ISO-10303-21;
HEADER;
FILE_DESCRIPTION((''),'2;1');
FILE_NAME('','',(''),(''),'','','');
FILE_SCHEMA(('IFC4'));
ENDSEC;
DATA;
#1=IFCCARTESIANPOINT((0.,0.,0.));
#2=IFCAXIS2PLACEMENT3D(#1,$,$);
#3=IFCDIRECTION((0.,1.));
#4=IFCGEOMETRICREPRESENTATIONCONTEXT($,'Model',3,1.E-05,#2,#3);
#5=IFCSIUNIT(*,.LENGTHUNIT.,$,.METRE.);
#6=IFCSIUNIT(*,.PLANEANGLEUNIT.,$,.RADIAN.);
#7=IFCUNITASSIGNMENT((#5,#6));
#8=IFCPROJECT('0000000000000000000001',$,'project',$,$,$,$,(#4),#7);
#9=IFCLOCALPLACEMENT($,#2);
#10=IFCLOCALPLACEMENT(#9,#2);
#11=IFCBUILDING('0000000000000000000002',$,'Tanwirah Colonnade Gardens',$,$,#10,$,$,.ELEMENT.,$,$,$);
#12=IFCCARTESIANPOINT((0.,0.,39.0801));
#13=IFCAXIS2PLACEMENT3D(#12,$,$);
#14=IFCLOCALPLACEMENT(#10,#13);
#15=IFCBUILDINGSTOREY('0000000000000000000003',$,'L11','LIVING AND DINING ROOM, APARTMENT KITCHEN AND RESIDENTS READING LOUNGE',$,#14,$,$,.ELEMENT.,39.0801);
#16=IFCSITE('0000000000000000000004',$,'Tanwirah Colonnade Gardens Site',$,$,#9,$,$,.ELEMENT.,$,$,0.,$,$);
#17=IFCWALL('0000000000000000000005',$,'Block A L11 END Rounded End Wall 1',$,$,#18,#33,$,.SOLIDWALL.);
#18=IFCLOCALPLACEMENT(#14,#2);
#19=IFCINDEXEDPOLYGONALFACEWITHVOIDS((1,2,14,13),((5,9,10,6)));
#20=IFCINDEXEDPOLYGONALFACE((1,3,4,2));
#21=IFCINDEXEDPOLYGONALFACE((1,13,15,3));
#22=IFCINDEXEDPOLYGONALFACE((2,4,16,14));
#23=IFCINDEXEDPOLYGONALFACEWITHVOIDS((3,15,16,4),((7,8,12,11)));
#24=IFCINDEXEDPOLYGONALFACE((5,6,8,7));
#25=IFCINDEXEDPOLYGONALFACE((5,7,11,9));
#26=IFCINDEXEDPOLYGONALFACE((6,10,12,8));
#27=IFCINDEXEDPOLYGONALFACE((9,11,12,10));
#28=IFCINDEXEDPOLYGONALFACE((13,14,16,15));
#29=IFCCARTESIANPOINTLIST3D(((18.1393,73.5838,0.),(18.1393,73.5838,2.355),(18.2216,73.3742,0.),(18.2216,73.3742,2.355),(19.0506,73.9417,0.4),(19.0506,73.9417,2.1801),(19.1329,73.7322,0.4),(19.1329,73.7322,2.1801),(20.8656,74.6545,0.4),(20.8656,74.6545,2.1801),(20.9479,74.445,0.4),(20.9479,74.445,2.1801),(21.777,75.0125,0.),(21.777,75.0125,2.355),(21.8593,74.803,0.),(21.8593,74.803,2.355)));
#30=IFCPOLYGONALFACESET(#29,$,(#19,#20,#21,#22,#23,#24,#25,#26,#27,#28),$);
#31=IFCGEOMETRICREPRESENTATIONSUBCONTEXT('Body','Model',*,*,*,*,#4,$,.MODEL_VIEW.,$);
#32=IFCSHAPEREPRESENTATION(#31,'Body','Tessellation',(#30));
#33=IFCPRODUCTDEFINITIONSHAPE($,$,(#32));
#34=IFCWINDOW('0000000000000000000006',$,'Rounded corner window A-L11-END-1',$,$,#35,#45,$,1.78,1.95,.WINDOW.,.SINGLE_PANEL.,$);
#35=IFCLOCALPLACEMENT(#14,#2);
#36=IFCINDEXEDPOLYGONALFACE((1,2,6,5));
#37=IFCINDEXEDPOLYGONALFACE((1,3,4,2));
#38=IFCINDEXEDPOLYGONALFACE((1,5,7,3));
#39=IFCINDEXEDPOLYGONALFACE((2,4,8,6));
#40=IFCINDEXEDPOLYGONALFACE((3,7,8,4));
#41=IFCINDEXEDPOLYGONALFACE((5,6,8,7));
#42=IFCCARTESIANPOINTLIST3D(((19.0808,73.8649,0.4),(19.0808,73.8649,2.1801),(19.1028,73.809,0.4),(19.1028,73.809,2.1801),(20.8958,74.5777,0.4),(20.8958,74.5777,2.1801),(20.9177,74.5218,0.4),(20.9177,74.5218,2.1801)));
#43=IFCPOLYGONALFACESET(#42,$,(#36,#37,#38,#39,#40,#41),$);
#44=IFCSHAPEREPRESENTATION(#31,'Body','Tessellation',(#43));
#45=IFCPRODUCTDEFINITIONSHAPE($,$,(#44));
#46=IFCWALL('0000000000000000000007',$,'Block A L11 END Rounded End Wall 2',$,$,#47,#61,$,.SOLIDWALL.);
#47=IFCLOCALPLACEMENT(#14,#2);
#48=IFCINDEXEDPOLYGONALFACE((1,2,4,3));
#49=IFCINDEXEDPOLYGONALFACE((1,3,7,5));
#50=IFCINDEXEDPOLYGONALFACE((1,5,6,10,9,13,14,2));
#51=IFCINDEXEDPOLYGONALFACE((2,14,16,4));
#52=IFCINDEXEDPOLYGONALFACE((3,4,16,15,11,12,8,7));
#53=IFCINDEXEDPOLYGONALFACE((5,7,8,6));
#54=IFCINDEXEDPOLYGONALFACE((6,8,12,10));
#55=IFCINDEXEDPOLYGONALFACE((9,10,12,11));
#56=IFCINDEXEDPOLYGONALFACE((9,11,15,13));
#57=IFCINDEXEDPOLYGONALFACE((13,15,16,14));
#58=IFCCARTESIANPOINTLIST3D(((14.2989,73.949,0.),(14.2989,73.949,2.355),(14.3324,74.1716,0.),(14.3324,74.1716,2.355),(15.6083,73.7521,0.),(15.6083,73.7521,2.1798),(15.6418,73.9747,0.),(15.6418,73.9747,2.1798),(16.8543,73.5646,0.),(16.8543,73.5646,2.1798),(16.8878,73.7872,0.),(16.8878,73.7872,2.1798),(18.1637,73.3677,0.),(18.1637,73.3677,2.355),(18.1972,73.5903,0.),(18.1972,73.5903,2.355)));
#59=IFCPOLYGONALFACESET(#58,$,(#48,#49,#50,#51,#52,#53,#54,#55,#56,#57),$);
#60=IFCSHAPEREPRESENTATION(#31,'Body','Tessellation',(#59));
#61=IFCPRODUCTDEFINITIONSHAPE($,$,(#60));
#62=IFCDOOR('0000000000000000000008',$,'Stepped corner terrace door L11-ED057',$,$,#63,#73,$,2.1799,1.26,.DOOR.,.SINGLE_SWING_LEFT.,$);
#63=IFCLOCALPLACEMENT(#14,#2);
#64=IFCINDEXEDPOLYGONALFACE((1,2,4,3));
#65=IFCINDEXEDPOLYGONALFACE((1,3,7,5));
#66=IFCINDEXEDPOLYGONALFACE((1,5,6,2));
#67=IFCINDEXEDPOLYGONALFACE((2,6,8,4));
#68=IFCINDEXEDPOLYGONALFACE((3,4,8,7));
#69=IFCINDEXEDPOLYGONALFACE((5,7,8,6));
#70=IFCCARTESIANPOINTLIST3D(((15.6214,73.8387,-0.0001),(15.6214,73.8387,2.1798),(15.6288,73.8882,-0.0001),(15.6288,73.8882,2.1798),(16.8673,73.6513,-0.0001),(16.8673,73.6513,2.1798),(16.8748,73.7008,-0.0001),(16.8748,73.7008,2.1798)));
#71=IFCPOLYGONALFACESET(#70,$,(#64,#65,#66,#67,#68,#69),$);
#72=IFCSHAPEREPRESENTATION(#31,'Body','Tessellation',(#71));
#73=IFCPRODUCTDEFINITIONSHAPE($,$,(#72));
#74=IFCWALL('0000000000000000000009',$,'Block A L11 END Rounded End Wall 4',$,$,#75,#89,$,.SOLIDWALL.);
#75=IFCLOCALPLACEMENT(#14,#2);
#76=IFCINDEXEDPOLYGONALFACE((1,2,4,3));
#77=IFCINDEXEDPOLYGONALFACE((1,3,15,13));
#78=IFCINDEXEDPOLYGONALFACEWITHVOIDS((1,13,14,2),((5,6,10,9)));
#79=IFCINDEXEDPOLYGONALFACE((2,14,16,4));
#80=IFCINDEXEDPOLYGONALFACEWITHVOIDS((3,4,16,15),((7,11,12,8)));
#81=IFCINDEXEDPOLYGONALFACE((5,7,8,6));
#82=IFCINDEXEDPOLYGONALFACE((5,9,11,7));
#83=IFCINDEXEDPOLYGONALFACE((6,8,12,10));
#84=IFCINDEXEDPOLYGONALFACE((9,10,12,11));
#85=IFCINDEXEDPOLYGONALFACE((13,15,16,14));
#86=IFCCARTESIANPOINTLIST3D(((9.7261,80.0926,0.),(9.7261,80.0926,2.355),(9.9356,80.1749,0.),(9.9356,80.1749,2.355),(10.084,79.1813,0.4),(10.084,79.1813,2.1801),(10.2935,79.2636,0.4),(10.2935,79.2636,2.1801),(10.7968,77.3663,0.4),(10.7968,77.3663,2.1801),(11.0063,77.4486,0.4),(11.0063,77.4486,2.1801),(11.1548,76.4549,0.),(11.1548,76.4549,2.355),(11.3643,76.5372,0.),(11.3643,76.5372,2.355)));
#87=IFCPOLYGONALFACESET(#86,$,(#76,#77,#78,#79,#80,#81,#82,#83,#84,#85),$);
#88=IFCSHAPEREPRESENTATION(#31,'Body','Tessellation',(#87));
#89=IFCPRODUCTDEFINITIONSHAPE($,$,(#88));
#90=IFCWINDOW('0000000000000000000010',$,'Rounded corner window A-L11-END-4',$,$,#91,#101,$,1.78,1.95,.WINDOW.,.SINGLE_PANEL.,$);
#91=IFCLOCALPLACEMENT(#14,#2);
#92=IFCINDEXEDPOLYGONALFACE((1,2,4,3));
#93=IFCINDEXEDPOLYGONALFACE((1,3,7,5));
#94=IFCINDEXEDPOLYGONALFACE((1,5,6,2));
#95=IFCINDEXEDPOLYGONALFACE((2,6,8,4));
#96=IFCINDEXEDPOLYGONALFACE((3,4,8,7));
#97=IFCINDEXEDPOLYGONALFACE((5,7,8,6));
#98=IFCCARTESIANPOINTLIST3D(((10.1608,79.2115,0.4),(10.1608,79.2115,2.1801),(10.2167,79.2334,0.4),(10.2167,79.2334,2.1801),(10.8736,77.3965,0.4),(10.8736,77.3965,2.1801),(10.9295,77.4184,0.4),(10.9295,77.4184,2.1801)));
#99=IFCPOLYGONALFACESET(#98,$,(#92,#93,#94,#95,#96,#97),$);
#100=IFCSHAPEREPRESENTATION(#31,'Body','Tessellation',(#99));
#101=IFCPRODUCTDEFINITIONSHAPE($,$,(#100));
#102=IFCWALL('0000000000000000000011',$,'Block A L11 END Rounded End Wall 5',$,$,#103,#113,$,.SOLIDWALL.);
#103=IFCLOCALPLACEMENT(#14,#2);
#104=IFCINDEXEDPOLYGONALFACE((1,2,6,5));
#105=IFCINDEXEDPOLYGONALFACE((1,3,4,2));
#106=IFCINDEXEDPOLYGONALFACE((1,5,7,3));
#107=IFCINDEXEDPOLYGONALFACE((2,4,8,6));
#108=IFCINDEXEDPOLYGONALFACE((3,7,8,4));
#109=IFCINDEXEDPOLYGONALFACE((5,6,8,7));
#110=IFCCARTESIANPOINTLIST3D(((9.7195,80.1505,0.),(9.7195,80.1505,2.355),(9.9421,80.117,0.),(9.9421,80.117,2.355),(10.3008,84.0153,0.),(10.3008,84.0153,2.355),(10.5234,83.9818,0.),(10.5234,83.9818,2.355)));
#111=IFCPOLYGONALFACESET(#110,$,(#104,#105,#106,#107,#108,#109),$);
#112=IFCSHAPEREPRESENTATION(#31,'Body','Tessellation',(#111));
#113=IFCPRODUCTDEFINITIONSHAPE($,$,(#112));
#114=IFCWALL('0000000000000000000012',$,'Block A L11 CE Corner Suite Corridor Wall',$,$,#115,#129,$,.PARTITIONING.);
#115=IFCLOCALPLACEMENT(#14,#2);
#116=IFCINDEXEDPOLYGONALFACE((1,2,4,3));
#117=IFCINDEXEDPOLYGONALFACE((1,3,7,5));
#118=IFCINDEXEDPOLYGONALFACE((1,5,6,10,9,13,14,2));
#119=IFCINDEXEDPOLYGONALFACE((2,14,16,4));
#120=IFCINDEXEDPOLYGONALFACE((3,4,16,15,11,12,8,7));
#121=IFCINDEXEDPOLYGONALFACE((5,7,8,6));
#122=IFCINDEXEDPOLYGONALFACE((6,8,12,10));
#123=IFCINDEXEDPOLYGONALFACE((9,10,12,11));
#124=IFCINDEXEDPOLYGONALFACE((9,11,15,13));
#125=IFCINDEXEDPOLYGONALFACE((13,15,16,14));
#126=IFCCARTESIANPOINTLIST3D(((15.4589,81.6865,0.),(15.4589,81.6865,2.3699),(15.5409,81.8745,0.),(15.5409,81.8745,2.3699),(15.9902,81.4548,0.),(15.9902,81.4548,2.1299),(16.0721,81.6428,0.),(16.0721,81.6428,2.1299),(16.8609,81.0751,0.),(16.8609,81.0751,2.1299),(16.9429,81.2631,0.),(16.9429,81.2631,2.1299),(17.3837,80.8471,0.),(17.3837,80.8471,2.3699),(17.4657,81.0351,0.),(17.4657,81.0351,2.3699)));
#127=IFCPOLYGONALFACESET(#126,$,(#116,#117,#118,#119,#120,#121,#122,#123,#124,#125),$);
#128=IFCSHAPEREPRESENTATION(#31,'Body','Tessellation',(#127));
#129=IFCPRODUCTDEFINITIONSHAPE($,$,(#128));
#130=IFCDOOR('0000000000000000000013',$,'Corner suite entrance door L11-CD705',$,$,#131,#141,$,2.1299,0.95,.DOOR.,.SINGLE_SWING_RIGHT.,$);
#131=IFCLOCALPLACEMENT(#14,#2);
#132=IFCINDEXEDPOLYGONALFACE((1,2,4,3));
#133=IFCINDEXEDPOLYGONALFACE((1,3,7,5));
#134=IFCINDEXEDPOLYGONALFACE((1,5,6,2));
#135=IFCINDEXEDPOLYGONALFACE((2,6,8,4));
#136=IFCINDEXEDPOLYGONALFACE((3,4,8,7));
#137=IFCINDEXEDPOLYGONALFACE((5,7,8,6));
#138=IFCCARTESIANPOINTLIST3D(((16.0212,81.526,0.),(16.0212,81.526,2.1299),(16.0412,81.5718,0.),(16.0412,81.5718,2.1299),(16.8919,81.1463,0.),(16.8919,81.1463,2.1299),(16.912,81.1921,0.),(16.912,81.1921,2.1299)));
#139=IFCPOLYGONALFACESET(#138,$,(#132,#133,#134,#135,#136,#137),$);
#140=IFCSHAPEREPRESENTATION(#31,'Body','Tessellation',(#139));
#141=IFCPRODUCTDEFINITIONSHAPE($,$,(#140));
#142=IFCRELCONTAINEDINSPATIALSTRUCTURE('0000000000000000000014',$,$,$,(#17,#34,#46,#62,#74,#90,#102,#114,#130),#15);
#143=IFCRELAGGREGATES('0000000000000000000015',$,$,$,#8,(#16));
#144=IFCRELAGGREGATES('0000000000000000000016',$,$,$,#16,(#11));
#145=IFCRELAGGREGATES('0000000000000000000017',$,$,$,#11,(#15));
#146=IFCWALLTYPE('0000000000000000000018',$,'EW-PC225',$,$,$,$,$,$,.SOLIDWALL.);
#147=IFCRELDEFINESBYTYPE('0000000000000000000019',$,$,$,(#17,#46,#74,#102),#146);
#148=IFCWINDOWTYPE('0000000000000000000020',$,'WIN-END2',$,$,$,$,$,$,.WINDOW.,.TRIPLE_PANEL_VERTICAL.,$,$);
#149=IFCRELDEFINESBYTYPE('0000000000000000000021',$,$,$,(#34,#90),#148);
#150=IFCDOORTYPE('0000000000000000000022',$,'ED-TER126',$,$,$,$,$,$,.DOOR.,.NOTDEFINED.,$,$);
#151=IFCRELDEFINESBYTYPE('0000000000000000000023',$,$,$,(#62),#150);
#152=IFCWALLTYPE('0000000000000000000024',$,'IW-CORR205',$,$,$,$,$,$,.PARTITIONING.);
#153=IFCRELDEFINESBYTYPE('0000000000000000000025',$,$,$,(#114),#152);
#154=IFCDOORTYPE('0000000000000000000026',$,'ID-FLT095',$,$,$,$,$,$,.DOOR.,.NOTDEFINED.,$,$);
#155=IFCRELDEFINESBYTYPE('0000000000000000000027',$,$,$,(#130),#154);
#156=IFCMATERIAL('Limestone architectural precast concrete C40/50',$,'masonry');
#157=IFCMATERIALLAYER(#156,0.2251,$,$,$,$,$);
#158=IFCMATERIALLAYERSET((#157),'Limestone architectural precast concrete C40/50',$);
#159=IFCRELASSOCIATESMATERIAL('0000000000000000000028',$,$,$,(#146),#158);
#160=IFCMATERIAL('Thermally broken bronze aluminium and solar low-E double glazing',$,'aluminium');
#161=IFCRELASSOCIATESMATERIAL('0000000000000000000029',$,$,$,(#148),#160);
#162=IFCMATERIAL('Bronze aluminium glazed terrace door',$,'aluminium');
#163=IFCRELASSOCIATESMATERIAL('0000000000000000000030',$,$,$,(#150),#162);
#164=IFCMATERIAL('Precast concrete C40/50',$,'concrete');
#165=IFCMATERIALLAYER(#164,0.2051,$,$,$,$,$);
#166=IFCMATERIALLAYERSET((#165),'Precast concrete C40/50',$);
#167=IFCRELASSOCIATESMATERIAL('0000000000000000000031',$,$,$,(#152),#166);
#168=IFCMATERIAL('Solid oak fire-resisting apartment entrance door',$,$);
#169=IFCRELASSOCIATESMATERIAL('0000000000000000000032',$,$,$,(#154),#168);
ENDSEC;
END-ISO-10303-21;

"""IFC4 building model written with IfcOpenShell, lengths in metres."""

from ifc_helpers import new_model, si_unit, direction, frame, frame_2d, origin, place, context, subcontext, project, spatial, rectangle, extrude, material, layer, layer_set, type_object, element, fill, save


model = new_model("IFC4")

# Units and contexts
model_context = context("Model", 3, precision=1e-05, world=origin(), true_north=direction((0.0, 1.0)))
body_context = subcontext(model_context, "Body", "Model", "MODEL_VIEW")
ifc_project = project(units=[si_unit("LENGTHUNIT", "METRE"), si_unit("PLANEANGLEUNIT", "RADIAN")], contexts=[model_context])

# Site, building, storey
site_placement = place(None, origin())
site = spatial("IfcSite", under=ifc_project, at=site_placement, Name="Tanwirah Colonnade Gardens Site", CompositionType="ELEMENT", RefElevation=0.0)
building_placement = place(site_placement, origin())
building = spatial("IfcBuilding", under=site, at=building_placement, Name="Tanwirah Colonnade Gardens", CompositionType="ELEMENT")
storey_placement = place(building_placement, frame((0.0, 0.0, 39.0801)))
storey = spatial("IfcBuildingStorey", under=building, at=storey_placement, Name="L11", Description="LIVING AND DINING ROOM, APARTMENT KITCHEN AND RESIDENTS READING LOUNGE", CompositionType="ELEMENT", Elevation=39.0801)

# Shared definitions
ifc_material_1 = material(Name="Precast concrete C40/50", Category="concrete")

# Wall, opening, window
ifc_material_2 = material(Name="Limestone architectural precast concrete C40/50", Category="masonry")
ifc_layer_1 = layer(ifc_material_2, 0.2251)
ifc_layer_set_1 = layer_set([ifc_layer_1], Name="Limestone architectural precast concrete C40/50")
wall_type_1 = type_object("IfcWallType", Name="EW-PC225", PredefinedType="SOLIDWALL", material=ifc_layer_set_1)
ifc_material_3 = material(Name="Thermally broken bronze aluminium and solar low-E double glazing", Category="aluminium")
wall_1_placement = place(storey_placement, frame((21.8181, 74.9077, 0.0), z_axis=(0.0, 0.0, 1.0), x_axis=(-0.930785, -0.365567, 0.0)))
wall_1 = element("IfcWall", 1, at=wall_1_placement, inside=storey, type_object=wall_type_1, Name="Block A L11 END Rounded End Wall 1", PredefinedType="SOLIDWALL", context=body_context, shape_type="SweptSolid", body=[
    extrude(rectangle(XDim=3.9082, YDim=0.2251, at=frame_2d((1.9541, 0.0))), origin(), (0.0, 0.0, 1.0), 2.355),
])
opening_1_placement = place(wall_1_placement, frame((0.979, 0.0, 0.3999)))
opening_1 = element("IfcOpeningElement", 2, at=opening_1_placement, cuts=wall_1, PredefinedType="OPENING", context=body_context, shape_type="SweptSolid", body=[
    extrude(rectangle(XDim=1.95, YDim=1.78, at=frame_2d((0.9751, 0.8901))), frame((0.0, 0.1226, 0.0), z_axis=(0.0, -1.0, 0.0), x_axis=(1.0, 0.0, 0.0)), (0.0, 0.0, 1.0), 0.2451),
])
window_type_1 = type_object("IfcWindowType", Name="WIN-END2", PartitioningType="TRIPLE_PANEL_VERTICAL", PredefinedType="WINDOW", material=ifc_material_3)
window_1_placement = place(opening_1_placement, origin())
window_1 = element("IfcWindow", 3, at=window_1_placement, inside=storey, type_object=window_type_1, Name="Rounded corner window A-L11-END-1", OverallHeight=1.78, OverallWidth=1.95, PartitioningType="SINGLE_PANEL", PredefinedType="WINDOW", context=body_context, shape_type="SweptSolid", body=[
    extrude(rectangle(XDim=1.95, YDim=1.78, at=frame_2d((0.9751, 0.8901))), frame((0.0, 0.03, 0.0), z_axis=(0.0, -1.0, 0.0), x_axis=(1.0, 0.0, 0.0)), (0.0, 0.0, 1.0), 0.0601),
])
fill(opening_1, window_1)

# Wall, opening, door
wall_2_placement = place(storey_placement, frame((18.1804, 73.479, 0.0), z_axis=(0.0, 0.0, 1.0), x_axis=(-0.988877, 0.148738, 0.0)))
wall_2 = element("IfcWall", 4, at=wall_2_placement, inside=storey, type_object=wall_type_1, Name="Block A L11 END Rounded End Wall 2", PredefinedType="SOLIDWALL", context=body_context, shape_type="SweptSolid", body=[
    extrude(rectangle(XDim=3.9082, YDim=0.2251, at=frame_2d((1.9541, 0.0))), origin(), (0.0, 0.0, 1.0), 2.355),
])
opening_2_placement = place(wall_2_placement, frame((1.3242, 0.0, 0.0)))
opening_2 = element("IfcOpeningElement", 5, at=opening_2_placement, cuts=wall_2, PredefinedType="OPENING", context=body_context, shape_type="SweptSolid", body=[
    extrude(rectangle(XDim=1.26, YDim=2.1799, at=frame_2d((0.6299, 1.0898))), frame((0.0, 0.1226, 0.0), z_axis=(0.0, -1.0, 0.0), x_axis=(1.0, 0.0, 0.0)), (0.0, 0.0, 1.0), 0.2451),
])
ifc_material_4 = material(Name="Bronze aluminium glazed terrace door", Category="aluminium")
door_type_1 = type_object("IfcDoorType", Name="ED-TER126", OperationType="NOTDEFINED", PredefinedType="DOOR", material=ifc_material_4)
door_1_placement = place(opening_2_placement, origin())
door_1 = element("IfcDoor", 6, at=door_1_placement, inside=storey, type_object=door_type_1, Name="Stepped corner terrace door L11-ED057", OperationType="SINGLE_SWING_LEFT", OverallHeight=2.1799, OverallWidth=1.26, PredefinedType="DOOR", context=body_context, shape_type="SweptSolid", body=[
    extrude(rectangle(XDim=1.26, YDim=2.1799, at=frame_2d((0.6299, 1.0898))), frame((0.0, 0.0249, 0.0), z_axis=(0.0, -1.0, 0.0), x_axis=(1.0, 0.0, 0.0)), (0.0, 0.0, 1.0), 0.05),
])
fill(opening_2, door_1)

# Wall, opening, window
wall_3_placement = place(storey_placement, frame((11.2595, 76.4961, 0.0), z_axis=(0.0, 0.0, 1.0), x_axis=(-0.365567, 0.930785, 0.0)))
wall_3 = element("IfcWall", 7, at=wall_3_placement, inside=storey, type_object=wall_type_1, Name="Block A L11 END Rounded End Wall 4", PredefinedType="SOLIDWALL", context=body_context, shape_type="SweptSolid", body=[
    extrude(rectangle(XDim=3.9082, YDim=0.2251, at=frame_2d((1.9541, 0.0))), origin(), (0.0, 0.0, 1.0), 2.355),
])
opening_3_placement = place(wall_3_placement, frame((0.979, 0.0, 0.3999)))
opening_3 = element("IfcOpeningElement", 8, at=opening_3_placement, cuts=wall_3, PredefinedType="OPENING", context=body_context, shape_type="SweptSolid", body=[
    extrude(rectangle(XDim=1.95, YDim=1.78, at=frame_2d((0.9751, 0.8901))), frame((0.0, 0.1226, 0.0), z_axis=(0.0, -1.0, 0.0), x_axis=(1.0, 0.0, 0.0)), (0.0, 0.0, 1.0), 0.2451),
])
window_2_placement = place(opening_3_placement, origin())
window_2 = element("IfcWindow", 9, at=window_2_placement, inside=storey, type_object=window_type_1, Name="Rounded corner window A-L11-END-4", OverallHeight=1.78, OverallWidth=1.95, PartitioningType="SINGLE_PANEL", PredefinedType="WINDOW", context=body_context, shape_type="SweptSolid", body=[
    extrude(rectangle(XDim=1.95, YDim=1.78, at=frame_2d((0.9751, 0.8901))), frame((0.0, 0.03, 0.0), z_axis=(0.0, -1.0, 0.0), x_axis=(1.0, 0.0, 0.0)), (0.0, 0.0, 1.0), 0.0601),
])
fill(opening_3, window_2)

# Wall
wall_4_placement = place(storey_placement, frame((9.8308, 80.1338, 0.0), z_axis=(0.0, 0.0, 1.0), x_axis=(0.148738, 0.988877, 0.0)))
element("IfcWall", 10, at=wall_4_placement, inside=storey, type_object=wall_type_1, Name="Block A L11 END Rounded End Wall 5", PredefinedType="SOLIDWALL", context=body_context, shape_type="SweptSolid", body=[
    extrude(rectangle(XDim=3.9082, YDim=0.2251, at=frame_2d((1.9541, 0.0))), origin(), (0.0, 0.0, 1.0), 2.355),
])

# Wall, opening, door
ifc_layer_2 = layer(ifc_material_1, 0.2051)
ifc_layer_set_2 = layer_set([ifc_layer_2], Name="Precast concrete C40/50")
wall_type_2 = type_object("IfcWallType", Name="IW-CORR205", PredefinedType="PARTITIONING", material=ifc_layer_set_2)
wall_5_placement = place(storey_placement, frame((17.4246, 80.9412, 0.0), z_axis=(0.0, 0.0, 1.0), x_axis=(-0.916637, 0.399721, 0.0)))
wall_5 = element("IfcWall", 11, at=wall_5_placement, inside=storey, type_object=wall_type_2, Name="Block A L11 CE Corner Suite Corridor Wall", PredefinedType="PARTITIONING", context=body_context, shape_type="SweptSolid", body=[
    extrude(rectangle(XDim=2.0999, YDim=0.2051, at=frame_2d((1.0498, 0.0))), origin(), (0.0, 0.0, 1.0), 2.3699),
])
opening_4_placement = place(wall_5_placement, frame((0.5701, 0.0, 0.0)))
opening_4 = element("IfcOpeningElement", 12, at=opening_4_placement, cuts=wall_5, PredefinedType="OPENING", context=body_context, shape_type="SweptSolid", body=[
    extrude(rectangle(XDim=0.95, YDim=2.1299, at=frame_2d((0.4751, 1.0649))), frame((0.0, 0.1125, 0.0), z_axis=(0.0, -1.0, 0.0), x_axis=(1.0, 0.0, 0.0)), (0.0, 0.0, 1.0), 0.2251),
])
ifc_material_5 = material(Name="Solid oak fire-resisting apartment entrance door")
door_type_2 = type_object("IfcDoorType", Name="ID-FLT095", OperationType="NOTDEFINED", PredefinedType="DOOR", material=ifc_material_5)
door_2_placement = place(opening_4_placement, origin())
door_2 = element("IfcDoor", 13, at=door_2_placement, inside=storey, type_object=door_type_2, Name="Corner suite entrance door L11-CD705", OperationType="SINGLE_SWING_RIGHT", OverallHeight=2.1299, OverallWidth=0.95, PredefinedType="DOOR", context=body_context, shape_type="SweptSolid", body=[
    extrude(rectangle(XDim=0.95, YDim=2.1299, at=frame_2d((0.4751, 1.0649))), frame((0.0, 0.0249, 0.0), z_axis=(0.0, -1.0, 0.0), x_axis=(1.0, 0.0, 0.0)), (0.0, 0.0, 1.0), 0.05),
])
fill(opening_4, door_2)

save(model, "model.ifc")
